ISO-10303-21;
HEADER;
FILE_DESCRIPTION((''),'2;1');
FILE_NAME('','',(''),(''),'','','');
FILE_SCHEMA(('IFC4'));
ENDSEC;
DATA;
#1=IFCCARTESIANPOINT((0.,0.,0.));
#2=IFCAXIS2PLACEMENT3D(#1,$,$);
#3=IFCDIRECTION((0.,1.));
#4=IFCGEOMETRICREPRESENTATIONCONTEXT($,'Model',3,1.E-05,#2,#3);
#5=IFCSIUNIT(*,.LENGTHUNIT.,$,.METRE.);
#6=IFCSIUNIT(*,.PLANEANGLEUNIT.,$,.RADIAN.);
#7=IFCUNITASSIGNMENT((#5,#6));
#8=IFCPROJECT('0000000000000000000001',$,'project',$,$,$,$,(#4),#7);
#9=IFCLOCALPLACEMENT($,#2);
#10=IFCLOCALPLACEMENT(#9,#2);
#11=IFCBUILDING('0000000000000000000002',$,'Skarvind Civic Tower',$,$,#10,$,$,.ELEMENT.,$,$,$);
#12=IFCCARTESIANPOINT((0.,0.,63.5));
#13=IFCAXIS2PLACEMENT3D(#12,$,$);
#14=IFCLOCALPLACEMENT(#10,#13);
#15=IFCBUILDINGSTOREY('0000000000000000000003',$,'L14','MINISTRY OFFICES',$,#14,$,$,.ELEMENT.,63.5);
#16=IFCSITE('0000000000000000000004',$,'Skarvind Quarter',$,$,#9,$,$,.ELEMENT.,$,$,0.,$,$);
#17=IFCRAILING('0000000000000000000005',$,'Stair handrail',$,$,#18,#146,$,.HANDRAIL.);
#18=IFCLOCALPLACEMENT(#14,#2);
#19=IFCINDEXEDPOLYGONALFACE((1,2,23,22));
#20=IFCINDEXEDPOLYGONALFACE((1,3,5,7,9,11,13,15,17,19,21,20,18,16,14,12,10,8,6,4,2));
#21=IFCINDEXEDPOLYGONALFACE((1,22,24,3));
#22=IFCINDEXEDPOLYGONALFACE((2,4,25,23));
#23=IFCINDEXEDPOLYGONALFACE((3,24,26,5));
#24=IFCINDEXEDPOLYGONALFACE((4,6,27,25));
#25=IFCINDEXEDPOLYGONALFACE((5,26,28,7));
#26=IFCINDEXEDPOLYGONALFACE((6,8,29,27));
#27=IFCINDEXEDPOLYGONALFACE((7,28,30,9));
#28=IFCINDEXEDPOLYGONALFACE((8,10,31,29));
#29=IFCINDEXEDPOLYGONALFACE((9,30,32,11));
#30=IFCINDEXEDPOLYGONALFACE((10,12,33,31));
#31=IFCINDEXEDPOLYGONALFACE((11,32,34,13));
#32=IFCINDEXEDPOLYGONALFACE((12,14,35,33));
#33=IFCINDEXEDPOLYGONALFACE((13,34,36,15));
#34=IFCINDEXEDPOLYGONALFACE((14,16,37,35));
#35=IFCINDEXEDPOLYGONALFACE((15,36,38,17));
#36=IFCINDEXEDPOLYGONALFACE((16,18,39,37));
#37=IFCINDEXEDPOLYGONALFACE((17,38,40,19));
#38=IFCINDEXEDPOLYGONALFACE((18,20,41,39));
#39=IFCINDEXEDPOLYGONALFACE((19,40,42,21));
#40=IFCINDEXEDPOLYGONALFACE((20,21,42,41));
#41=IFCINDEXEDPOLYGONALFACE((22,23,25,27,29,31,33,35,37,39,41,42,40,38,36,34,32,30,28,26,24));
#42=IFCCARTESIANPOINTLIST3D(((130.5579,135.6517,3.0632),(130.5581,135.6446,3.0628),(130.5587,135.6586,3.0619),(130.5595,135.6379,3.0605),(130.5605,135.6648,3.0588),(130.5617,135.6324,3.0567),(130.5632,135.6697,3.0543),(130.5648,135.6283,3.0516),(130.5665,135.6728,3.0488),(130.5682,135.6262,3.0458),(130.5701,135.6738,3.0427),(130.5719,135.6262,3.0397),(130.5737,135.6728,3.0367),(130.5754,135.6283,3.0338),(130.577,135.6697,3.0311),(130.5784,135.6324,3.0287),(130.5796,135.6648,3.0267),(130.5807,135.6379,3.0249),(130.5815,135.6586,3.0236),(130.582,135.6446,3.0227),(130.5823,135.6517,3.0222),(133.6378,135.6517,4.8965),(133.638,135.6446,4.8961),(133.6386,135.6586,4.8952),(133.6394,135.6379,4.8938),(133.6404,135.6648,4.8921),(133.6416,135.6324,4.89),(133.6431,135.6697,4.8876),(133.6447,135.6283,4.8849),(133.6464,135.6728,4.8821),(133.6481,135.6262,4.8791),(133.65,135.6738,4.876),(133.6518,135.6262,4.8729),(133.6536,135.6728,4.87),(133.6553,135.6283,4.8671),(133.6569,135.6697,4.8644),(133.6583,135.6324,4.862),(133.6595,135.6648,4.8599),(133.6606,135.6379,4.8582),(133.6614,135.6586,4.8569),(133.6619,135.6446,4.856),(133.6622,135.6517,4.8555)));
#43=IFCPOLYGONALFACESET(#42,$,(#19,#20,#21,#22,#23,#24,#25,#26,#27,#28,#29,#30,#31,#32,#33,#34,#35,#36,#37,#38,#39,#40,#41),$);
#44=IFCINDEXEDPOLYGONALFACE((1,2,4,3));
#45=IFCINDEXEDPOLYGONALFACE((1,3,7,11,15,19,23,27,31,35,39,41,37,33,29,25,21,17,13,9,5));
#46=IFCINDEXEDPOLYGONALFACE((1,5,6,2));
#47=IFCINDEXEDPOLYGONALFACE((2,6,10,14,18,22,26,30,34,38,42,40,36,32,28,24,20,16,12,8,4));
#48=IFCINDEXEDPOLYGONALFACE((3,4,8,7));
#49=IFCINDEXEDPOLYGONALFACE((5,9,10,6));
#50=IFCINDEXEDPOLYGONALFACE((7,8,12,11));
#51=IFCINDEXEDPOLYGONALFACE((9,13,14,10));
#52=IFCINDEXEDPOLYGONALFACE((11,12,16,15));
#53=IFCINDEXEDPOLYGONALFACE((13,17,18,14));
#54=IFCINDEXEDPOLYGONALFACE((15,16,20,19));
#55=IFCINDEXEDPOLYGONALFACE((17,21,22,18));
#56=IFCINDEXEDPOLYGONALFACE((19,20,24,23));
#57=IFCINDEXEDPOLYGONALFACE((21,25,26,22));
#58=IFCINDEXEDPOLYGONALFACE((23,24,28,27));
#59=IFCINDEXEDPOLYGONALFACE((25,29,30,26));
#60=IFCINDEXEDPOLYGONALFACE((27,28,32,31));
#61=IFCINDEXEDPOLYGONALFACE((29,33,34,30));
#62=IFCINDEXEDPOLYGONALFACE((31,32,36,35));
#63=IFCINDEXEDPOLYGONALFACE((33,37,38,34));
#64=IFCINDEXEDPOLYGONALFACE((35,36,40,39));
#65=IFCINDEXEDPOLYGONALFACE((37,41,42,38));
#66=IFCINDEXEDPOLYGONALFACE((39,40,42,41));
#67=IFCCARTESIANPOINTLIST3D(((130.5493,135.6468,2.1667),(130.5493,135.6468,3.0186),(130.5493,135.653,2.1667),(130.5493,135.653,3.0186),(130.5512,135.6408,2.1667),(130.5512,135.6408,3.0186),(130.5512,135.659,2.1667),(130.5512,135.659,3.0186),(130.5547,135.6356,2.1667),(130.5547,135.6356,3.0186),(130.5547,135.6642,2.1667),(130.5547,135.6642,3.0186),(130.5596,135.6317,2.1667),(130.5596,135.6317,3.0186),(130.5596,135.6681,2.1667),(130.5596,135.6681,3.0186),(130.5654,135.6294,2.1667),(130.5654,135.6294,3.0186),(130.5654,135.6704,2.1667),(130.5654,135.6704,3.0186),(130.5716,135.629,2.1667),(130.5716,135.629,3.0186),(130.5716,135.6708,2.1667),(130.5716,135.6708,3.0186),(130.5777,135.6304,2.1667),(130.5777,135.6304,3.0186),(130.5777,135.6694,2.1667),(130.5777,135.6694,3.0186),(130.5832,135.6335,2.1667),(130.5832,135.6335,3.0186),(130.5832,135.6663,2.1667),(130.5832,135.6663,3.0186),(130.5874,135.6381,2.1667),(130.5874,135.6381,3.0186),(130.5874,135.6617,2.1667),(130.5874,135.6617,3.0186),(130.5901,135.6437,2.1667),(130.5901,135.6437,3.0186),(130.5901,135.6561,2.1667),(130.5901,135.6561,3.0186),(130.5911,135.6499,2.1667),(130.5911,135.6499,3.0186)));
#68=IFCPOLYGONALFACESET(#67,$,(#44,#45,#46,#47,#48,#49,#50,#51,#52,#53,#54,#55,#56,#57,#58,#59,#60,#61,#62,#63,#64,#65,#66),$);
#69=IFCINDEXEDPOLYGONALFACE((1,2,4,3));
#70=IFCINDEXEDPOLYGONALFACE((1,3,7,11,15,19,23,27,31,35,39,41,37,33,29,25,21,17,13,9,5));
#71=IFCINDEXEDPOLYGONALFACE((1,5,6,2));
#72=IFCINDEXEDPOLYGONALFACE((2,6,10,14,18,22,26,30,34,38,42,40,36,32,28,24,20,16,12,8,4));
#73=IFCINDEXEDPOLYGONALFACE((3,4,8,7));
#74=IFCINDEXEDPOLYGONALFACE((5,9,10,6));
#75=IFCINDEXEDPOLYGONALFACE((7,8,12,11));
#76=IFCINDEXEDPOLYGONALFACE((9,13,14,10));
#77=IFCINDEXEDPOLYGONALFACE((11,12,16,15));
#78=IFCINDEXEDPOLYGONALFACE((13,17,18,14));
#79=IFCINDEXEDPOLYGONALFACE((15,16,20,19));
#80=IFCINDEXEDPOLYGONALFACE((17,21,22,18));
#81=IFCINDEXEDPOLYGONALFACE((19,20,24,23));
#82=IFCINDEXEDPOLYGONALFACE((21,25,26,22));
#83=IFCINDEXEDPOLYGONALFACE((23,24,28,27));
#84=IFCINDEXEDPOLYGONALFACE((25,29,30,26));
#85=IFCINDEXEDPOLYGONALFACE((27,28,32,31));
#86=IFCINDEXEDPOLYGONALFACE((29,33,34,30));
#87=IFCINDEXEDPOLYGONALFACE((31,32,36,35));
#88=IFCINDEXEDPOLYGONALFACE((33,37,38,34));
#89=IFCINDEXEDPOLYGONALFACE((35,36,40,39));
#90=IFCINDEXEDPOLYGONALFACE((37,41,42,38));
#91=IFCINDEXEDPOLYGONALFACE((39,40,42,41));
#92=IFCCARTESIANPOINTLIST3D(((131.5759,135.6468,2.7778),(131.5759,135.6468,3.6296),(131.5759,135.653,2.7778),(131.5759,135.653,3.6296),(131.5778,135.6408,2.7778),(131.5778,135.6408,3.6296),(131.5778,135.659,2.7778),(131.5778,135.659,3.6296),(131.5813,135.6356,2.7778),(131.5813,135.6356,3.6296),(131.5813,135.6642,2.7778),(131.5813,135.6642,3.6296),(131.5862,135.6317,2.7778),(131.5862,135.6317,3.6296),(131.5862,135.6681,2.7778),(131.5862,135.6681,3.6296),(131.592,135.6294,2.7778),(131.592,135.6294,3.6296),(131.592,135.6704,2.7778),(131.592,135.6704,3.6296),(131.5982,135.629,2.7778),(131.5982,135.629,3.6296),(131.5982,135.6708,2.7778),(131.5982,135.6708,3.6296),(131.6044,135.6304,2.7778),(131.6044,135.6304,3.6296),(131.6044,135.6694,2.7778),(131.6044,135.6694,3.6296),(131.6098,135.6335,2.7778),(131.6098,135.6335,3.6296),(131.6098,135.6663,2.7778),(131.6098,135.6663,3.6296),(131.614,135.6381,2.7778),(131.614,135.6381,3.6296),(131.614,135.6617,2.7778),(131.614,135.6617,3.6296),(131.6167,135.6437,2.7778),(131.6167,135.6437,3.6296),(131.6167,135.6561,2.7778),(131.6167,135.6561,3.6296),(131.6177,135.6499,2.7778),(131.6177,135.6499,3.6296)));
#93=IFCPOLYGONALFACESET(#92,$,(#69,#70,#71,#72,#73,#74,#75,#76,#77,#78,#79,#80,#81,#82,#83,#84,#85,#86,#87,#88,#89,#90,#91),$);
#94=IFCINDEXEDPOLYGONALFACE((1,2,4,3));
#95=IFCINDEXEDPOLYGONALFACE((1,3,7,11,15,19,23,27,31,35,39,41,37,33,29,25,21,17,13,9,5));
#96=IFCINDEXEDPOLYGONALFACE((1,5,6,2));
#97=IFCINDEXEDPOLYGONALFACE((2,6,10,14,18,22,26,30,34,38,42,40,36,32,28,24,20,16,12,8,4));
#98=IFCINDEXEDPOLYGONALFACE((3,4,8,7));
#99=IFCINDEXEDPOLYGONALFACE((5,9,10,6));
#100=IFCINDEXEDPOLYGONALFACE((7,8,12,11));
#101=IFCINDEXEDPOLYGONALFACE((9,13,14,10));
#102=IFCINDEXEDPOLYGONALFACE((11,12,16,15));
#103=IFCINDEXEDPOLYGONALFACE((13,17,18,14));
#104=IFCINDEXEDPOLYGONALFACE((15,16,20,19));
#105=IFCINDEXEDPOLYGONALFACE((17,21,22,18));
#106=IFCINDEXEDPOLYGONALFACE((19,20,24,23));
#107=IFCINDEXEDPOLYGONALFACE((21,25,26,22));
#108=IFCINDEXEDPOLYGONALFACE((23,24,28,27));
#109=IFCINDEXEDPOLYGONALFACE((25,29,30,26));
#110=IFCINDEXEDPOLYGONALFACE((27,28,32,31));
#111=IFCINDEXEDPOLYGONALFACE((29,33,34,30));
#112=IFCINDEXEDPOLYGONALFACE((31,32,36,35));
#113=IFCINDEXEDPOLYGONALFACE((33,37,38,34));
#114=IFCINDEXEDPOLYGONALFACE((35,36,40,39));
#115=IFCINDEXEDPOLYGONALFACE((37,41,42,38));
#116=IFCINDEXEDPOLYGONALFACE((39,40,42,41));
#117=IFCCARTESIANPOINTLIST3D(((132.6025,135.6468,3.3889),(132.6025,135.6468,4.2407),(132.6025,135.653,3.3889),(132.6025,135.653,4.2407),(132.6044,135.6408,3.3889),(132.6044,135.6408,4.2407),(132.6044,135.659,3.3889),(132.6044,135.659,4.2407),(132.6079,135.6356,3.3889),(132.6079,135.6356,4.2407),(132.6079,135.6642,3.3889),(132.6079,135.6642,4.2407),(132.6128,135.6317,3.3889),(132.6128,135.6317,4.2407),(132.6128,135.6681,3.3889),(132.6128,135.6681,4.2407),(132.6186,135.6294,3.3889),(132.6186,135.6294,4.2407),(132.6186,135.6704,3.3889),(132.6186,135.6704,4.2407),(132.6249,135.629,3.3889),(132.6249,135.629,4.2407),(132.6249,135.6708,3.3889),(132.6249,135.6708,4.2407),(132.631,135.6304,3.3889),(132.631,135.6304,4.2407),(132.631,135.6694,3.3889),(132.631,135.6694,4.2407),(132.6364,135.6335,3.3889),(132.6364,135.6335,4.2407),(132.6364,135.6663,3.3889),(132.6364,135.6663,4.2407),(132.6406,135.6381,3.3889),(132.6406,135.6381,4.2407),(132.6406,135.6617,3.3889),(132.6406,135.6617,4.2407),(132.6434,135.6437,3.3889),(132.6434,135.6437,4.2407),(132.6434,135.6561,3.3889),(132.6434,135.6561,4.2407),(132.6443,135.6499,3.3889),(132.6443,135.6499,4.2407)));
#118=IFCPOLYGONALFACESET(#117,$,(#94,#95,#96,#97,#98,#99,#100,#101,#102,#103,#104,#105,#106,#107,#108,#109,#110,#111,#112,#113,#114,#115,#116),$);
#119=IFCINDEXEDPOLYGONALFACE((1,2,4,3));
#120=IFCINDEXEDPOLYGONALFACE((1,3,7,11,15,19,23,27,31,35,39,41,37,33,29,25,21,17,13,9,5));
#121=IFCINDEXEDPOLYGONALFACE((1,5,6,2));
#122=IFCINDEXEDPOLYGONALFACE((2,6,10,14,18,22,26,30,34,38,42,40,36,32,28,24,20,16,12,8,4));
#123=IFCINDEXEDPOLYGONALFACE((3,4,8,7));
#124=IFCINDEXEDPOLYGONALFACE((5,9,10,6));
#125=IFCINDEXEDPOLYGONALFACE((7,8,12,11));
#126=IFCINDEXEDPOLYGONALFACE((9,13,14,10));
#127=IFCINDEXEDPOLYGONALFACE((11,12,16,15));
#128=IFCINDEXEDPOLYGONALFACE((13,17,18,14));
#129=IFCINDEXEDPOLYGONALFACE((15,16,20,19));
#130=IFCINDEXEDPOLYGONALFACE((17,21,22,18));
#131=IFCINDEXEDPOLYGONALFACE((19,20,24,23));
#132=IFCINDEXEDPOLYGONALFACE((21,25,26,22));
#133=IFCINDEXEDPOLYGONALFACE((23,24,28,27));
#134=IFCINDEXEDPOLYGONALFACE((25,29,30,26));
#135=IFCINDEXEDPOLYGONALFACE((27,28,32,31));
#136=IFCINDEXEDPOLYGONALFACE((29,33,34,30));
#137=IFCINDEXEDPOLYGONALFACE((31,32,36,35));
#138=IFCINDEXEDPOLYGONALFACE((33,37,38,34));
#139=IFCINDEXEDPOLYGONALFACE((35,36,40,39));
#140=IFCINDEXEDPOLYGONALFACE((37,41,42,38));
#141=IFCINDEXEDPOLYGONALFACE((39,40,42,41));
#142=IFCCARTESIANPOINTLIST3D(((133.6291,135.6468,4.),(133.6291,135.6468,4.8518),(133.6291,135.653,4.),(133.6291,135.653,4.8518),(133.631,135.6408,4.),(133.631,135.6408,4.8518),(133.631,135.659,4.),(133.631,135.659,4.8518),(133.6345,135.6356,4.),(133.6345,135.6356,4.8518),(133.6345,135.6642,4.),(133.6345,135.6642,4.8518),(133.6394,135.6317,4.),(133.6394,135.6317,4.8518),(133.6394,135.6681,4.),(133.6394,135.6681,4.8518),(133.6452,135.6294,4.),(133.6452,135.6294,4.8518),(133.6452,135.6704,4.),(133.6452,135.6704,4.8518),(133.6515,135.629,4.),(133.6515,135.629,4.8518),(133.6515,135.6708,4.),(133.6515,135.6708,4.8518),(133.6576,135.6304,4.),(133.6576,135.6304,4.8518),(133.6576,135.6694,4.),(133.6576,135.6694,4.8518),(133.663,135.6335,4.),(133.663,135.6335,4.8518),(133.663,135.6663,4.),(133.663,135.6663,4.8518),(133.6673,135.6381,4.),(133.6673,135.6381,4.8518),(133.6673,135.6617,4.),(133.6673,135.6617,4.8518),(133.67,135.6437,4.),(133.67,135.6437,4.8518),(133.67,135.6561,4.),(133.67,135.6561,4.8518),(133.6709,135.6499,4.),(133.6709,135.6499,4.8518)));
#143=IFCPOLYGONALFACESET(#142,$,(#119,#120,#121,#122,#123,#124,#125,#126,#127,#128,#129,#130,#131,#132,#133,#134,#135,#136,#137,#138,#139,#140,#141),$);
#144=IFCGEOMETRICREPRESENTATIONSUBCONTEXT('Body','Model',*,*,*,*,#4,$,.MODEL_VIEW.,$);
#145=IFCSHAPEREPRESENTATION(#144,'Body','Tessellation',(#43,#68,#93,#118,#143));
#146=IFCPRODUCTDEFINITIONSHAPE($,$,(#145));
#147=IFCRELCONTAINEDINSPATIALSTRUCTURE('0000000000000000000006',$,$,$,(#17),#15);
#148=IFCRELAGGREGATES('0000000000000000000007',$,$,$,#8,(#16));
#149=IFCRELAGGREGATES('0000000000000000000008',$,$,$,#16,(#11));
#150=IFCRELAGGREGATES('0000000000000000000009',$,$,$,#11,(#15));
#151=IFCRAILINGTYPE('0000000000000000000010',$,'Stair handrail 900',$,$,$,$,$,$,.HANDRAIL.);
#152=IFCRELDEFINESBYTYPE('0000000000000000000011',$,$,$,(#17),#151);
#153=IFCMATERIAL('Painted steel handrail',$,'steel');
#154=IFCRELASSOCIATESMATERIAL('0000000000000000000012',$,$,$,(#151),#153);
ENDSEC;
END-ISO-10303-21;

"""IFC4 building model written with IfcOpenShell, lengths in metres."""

from ifc_helpers import new_model, si_unit, direction, frame, origin, origin_2d, place, context, subcontext, project, spatial, circle, extrude, material, type_object, element, save


model = new_model("IFC4")

# Units and contexts
model_context = context("Model", 3, precision=1e-05, world=origin(), true_north=direction((0.0, 1.0)))
body_context = subcontext(model_context, "Body", "Model", "MODEL_VIEW")
ifc_project = project(units=[si_unit("LENGTHUNIT", "METRE"), si_unit("PLANEANGLEUNIT", "RADIAN")], contexts=[model_context])

# Site, building, storey
site_placement = place(None, origin())
site = spatial("IfcSite", under=ifc_project, at=site_placement, Name="Skarvind Quarter", CompositionType="ELEMENT", RefElevation=0.0)
building_placement = place(site_placement, origin())
building = spatial("IfcBuilding", under=site, at=building_placement, Name="Skarvind Civic Tower", CompositionType="ELEMENT")
storey_placement = place(building_placement, frame((0.0, 0.0, 63.5)))
storey = spatial("IfcBuildingStorey", under=building, at=storey_placement, Name="L14", Description="MINISTRY OFFICES", CompositionType="ELEMENT", Elevation=63.5)

# Railing
ifc_material_1 = material(Name="Painted steel handrail", Category="steel")
railing_type = type_object("IfcRailingType", Name="Stair handrail 900", PredefinedType="HANDRAIL", material=ifc_material_1)
railing_placement = place(storey_placement, frame((130.5701, 135.6499, 2.1667)))
element("IfcRailing", 1, at=railing_placement, inside=storey, type_object=railing_type, Name="Stair handrail", PredefinedType="HANDRAIL", context=body_context, shape_type="SweptSolid", body=[
    extrude(circle(Radius=0.0239, at=origin_2d()), frame((0.0, 0.0, 0.876), z_axis=(0.859291, 0.0, 0.511487), x_axis=(0.0, 1.0, 0.0)), (0.0, 0.0, 1.0), 3.5842),
    extrude(circle(Radius=0.021, at=origin_2d()), origin(), (0.0, 0.0, 1.0), 0.8518),
    extrude(circle(Radius=0.021, at=origin_2d()), frame((1.0266, 0.0, 0.6111)), (0.0, 0.0, 1.0), 0.8518),
    extrude(circle(Radius=0.021, at=origin_2d()), frame((2.0532, 0.0, 1.2222)), (0.0, 0.0, 1.0), 0.8518),
    extrude(circle(Radius=0.021, at=origin_2d()), frame((3.0798, 0.0, 1.8333)), (0.0, 0.0, 1.0), 0.8518),
])

save(model, "model.ifc")
